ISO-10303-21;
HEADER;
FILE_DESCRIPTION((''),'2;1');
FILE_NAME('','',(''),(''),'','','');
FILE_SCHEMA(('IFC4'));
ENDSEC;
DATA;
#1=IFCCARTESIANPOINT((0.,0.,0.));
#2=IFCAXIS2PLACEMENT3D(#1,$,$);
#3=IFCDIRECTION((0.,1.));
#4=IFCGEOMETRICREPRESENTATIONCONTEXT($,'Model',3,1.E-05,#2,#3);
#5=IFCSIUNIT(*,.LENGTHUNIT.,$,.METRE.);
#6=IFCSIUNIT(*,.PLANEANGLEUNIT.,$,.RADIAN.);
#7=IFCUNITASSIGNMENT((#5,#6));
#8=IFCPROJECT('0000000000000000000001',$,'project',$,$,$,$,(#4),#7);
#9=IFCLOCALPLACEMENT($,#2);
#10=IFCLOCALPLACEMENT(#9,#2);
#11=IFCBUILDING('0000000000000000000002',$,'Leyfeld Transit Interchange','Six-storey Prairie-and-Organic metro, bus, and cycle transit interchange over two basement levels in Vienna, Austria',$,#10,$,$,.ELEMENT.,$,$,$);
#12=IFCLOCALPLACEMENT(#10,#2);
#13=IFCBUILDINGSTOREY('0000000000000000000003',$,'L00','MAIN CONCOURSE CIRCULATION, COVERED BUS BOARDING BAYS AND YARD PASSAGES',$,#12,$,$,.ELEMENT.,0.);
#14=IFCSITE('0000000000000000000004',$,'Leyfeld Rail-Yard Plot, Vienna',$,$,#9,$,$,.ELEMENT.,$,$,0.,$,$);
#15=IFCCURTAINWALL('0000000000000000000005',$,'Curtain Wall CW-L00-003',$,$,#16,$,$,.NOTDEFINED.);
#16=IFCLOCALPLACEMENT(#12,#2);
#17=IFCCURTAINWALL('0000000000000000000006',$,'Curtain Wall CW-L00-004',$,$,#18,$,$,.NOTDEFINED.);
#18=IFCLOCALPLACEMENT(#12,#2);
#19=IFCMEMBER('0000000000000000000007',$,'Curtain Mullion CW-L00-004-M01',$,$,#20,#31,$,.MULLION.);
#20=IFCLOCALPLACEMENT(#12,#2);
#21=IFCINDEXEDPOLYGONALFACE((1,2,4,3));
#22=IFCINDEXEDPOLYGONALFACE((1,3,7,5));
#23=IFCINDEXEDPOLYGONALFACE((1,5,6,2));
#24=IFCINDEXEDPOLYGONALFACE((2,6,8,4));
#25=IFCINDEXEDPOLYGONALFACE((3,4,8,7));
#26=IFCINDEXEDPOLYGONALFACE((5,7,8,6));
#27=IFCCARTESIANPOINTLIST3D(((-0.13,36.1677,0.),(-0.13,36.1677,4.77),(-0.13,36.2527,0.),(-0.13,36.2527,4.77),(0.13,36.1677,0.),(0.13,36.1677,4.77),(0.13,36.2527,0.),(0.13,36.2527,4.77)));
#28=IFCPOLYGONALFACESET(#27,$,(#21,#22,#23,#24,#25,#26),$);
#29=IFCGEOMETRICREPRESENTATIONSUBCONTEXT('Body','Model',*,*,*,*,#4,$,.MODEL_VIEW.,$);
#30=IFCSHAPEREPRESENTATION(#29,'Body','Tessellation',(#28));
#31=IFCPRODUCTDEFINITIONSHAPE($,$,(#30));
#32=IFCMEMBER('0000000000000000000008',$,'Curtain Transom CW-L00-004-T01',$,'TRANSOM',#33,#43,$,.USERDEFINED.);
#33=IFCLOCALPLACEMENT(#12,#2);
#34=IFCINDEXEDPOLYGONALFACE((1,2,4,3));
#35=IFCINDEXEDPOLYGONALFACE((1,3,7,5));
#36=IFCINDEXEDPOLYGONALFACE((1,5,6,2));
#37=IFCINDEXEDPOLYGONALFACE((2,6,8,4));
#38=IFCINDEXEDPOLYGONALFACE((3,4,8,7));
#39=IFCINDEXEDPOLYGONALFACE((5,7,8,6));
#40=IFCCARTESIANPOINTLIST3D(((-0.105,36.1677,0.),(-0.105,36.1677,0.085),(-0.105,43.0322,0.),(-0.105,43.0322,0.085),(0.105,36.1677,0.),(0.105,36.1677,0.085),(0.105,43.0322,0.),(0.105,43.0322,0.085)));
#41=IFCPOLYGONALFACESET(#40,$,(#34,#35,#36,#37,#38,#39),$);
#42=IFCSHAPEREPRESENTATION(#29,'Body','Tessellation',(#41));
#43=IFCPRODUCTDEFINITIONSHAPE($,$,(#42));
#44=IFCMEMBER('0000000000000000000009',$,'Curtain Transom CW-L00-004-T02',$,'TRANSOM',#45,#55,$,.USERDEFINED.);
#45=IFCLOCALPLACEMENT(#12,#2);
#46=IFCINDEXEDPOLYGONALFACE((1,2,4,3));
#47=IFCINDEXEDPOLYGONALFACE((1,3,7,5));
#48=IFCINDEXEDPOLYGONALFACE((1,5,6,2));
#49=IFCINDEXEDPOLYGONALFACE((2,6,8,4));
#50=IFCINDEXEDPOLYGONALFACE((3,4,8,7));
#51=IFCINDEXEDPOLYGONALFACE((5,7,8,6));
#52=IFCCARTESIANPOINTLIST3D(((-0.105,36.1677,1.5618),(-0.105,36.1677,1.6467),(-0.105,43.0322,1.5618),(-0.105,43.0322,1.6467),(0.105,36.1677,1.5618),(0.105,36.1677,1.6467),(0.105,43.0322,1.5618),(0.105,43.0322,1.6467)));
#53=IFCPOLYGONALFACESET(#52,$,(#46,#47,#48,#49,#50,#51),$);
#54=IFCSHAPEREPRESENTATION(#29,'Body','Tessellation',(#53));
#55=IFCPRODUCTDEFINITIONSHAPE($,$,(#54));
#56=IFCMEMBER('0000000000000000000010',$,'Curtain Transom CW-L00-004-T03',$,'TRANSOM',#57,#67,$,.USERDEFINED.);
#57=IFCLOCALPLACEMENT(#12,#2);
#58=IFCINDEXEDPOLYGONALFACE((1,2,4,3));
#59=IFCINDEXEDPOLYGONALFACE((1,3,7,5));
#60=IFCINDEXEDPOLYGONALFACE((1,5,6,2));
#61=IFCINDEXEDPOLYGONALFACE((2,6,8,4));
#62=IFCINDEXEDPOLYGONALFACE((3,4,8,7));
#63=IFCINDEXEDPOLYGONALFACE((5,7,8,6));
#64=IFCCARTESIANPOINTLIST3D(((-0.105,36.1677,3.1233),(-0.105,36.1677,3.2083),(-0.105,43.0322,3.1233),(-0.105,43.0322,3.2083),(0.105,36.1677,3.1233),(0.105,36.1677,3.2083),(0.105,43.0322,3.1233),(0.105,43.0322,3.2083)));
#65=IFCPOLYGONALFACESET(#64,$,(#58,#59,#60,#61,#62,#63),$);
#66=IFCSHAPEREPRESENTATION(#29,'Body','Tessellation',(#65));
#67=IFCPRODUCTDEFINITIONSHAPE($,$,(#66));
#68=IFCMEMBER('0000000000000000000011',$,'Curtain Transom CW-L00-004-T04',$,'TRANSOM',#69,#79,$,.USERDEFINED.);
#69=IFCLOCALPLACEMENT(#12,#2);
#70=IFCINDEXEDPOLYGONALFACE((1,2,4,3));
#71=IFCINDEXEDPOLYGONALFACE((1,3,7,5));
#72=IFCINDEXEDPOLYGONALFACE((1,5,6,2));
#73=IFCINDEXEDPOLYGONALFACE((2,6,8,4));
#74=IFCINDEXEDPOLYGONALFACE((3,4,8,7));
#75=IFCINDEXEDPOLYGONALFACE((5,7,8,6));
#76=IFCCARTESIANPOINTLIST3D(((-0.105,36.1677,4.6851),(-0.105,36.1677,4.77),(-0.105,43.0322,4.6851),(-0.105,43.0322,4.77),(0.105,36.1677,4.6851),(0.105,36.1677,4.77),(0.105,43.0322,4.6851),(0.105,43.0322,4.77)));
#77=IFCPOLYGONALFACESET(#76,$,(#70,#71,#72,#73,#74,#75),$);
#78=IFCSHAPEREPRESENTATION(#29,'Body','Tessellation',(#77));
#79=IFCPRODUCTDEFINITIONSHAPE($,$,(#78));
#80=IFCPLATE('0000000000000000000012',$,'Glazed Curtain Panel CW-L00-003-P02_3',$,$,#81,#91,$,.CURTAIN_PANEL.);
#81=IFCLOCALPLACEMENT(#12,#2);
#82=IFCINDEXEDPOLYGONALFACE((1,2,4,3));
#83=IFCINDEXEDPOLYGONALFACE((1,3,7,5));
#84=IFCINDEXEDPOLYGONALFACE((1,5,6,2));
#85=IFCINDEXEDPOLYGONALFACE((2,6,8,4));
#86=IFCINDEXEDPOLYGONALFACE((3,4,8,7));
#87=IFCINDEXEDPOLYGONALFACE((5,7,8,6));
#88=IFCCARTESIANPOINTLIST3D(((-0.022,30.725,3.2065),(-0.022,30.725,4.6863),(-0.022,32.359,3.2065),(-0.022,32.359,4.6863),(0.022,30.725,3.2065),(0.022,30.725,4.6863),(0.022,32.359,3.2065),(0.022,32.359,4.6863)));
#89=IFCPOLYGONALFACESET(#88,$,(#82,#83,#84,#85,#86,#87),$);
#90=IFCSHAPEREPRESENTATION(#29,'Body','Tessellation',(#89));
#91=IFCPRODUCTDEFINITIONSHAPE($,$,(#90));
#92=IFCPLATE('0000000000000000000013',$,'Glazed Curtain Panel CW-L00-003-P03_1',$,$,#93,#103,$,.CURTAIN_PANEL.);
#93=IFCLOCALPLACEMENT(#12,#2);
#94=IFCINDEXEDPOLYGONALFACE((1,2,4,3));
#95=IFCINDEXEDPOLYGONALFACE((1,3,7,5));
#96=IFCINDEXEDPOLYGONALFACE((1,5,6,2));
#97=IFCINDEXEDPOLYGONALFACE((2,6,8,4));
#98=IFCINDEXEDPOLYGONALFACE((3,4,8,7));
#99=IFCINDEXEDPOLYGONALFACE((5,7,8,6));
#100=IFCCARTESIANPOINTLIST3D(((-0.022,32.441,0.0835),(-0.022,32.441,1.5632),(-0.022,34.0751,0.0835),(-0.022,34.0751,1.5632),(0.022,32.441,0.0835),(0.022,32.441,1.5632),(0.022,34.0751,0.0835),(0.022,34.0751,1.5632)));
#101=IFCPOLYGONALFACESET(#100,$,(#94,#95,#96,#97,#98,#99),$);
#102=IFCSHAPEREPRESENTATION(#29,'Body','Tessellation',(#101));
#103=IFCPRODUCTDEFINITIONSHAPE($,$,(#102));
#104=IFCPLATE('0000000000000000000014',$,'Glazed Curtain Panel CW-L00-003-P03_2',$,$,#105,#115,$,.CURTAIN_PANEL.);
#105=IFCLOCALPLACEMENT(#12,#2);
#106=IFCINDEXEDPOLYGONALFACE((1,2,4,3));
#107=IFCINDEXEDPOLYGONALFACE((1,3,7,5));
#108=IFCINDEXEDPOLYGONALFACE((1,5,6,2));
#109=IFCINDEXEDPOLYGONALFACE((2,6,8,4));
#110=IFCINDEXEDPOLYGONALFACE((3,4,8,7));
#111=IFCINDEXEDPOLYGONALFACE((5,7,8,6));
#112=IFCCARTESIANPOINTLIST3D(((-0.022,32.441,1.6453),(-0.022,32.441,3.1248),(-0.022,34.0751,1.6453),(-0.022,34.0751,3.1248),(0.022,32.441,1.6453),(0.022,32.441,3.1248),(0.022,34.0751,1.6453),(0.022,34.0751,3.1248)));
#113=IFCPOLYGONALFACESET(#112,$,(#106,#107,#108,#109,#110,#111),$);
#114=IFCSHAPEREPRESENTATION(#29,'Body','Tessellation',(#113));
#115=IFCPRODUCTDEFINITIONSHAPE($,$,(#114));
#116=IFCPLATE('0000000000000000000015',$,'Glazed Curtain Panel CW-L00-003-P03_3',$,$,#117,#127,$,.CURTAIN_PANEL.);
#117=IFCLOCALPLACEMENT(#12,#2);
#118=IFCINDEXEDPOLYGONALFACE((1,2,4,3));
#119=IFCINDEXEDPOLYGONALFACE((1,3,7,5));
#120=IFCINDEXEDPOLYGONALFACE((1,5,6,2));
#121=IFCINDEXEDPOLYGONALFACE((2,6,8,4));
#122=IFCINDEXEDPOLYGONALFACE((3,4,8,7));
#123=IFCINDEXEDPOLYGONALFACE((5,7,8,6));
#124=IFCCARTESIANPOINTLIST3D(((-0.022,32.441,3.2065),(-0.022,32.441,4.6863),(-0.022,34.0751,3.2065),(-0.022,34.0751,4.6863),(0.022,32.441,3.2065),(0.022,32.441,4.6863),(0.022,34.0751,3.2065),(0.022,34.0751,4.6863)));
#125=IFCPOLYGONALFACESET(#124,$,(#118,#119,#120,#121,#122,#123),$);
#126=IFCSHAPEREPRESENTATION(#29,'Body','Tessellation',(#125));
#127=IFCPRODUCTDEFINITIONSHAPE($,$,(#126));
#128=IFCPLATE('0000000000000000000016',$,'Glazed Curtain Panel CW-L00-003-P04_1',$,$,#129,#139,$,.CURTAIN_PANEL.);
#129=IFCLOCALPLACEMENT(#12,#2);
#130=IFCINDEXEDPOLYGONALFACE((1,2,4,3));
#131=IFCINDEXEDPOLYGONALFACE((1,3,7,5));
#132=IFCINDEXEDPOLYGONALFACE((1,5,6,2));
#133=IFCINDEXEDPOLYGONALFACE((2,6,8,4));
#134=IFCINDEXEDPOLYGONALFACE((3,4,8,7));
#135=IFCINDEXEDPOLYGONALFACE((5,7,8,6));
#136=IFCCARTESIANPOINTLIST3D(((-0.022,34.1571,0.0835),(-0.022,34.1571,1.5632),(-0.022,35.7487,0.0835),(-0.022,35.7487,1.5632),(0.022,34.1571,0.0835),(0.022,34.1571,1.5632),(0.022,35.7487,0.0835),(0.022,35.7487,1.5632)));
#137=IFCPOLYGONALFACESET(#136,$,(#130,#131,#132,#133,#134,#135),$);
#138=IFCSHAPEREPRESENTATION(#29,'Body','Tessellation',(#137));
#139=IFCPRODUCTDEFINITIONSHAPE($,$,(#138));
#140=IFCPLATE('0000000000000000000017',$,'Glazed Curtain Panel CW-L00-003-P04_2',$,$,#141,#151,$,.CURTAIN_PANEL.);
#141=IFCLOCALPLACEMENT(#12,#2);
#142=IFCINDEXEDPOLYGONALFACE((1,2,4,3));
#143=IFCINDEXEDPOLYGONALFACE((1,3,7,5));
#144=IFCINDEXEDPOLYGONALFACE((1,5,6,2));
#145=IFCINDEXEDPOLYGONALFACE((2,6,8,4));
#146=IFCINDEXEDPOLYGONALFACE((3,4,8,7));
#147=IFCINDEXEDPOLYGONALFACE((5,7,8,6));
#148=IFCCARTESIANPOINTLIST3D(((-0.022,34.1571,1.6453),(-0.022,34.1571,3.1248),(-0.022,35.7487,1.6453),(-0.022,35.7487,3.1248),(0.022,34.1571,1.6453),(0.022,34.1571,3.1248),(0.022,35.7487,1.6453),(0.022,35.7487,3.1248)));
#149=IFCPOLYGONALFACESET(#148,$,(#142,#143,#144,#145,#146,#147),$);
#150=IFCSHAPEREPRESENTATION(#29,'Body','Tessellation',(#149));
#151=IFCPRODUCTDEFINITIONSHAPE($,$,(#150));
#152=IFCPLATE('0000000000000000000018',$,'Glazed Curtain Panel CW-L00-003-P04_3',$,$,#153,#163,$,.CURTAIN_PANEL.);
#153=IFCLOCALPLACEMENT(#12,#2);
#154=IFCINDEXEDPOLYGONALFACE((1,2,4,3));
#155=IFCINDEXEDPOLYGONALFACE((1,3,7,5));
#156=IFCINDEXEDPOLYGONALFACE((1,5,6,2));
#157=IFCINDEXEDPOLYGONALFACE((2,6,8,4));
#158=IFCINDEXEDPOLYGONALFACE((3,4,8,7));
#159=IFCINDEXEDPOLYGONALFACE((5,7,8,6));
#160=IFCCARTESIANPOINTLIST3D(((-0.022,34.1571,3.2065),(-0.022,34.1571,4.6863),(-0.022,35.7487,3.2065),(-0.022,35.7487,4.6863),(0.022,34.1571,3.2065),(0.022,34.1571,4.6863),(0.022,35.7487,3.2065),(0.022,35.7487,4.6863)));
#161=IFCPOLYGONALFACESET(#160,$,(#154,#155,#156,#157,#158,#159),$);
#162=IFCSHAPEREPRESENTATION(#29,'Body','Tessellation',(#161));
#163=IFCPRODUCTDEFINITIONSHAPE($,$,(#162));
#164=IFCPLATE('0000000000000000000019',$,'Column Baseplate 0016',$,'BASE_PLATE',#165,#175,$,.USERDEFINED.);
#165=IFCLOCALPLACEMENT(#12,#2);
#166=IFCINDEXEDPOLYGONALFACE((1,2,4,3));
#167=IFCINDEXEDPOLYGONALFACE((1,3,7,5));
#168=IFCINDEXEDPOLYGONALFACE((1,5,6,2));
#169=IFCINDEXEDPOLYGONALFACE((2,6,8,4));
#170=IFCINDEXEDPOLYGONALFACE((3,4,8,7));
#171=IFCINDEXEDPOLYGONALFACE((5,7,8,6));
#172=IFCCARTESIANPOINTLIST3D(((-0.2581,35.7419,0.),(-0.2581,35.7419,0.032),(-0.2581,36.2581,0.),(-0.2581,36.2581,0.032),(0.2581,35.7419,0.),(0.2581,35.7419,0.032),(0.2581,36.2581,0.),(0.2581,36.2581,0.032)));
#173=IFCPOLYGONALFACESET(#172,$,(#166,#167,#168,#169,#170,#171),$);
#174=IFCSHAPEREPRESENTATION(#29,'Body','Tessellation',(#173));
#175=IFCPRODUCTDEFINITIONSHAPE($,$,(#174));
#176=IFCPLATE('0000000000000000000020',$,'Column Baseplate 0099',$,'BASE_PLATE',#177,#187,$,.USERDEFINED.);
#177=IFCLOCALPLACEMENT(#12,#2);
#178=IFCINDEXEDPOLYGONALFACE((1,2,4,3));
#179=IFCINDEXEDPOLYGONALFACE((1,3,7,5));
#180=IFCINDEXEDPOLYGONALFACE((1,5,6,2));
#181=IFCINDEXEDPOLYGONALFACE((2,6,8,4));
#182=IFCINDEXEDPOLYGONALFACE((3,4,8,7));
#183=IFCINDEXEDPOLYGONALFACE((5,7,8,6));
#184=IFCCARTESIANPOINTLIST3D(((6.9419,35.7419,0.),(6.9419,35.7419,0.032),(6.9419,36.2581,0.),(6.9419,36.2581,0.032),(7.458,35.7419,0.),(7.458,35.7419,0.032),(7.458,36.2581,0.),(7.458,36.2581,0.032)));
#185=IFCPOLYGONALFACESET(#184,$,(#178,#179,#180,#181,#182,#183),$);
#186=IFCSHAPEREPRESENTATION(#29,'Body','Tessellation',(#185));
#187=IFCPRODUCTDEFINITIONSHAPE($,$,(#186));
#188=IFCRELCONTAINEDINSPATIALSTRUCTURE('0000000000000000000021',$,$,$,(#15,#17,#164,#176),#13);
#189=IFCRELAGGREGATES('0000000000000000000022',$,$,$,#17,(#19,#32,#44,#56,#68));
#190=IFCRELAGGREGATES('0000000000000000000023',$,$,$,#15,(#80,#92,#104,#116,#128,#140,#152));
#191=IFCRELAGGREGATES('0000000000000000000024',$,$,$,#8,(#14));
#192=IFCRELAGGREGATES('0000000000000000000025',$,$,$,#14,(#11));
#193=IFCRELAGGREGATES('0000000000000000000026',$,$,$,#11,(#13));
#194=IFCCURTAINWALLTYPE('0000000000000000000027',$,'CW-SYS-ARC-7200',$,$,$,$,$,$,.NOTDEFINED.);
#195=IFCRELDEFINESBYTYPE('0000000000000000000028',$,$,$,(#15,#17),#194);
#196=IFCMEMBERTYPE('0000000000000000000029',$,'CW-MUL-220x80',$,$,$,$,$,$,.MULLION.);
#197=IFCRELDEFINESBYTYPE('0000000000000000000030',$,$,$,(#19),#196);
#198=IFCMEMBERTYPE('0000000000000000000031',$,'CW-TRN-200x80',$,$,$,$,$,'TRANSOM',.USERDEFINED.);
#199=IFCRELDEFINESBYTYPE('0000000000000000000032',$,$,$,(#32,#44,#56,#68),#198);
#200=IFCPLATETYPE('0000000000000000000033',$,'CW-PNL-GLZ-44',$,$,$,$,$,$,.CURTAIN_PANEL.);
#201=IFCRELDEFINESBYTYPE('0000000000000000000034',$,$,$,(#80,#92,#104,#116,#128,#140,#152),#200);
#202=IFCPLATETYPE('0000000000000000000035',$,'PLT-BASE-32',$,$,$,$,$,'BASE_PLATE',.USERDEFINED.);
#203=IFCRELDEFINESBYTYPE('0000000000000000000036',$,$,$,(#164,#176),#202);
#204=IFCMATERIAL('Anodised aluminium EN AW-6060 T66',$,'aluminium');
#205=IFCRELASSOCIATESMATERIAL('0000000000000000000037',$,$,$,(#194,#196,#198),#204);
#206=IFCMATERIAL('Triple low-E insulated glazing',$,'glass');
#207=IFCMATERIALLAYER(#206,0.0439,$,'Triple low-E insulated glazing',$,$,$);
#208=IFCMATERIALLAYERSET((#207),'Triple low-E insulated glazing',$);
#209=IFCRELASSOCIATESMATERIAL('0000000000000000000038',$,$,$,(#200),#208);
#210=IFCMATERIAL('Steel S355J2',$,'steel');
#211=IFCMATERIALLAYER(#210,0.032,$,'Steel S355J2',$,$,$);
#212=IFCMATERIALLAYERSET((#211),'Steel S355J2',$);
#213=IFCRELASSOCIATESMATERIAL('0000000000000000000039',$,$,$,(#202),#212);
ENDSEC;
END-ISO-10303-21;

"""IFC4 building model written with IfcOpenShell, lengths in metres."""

from ifc_helpers import new_model, si_unit, direction, frame, origin, origin_2d, place, context, subcontext, project, spatial, rectangle, extrude, material, layer, layer_set, material_profile, profile_set, type_object, element, aggregate, save


model = new_model("IFC4")

# Units and contexts
model_context = context("Model", 3, precision=1e-05, world=origin(), true_north=direction((0.0, 1.0)))
body_context = subcontext(model_context, "Body", "Model", "MODEL_VIEW")
ifc_project = project(units=[si_unit("LENGTHUNIT", "METRE"), si_unit("PLANEANGLEUNIT", "RADIAN")], contexts=[model_context])

# Site, building, storey
site_placement = place(None, origin())
site = spatial("IfcSite", under=ifc_project, at=site_placement, Name="Leyfeld Rail-Yard Plot, Vienna", CompositionType="ELEMENT", RefElevation=0.0)
building_placement = place(site_placement, origin())
building = spatial("IfcBuilding", under=site, at=building_placement, Name="Leyfeld Transit Interchange", Description="Six-storey Prairie-and-Organic metro, bus, and cycle transit interchange over two basement levels in Vienna, Austria", CompositionType="ELEMENT")
storey_placement = place(building_placement, origin())
storey = spatial("IfcBuildingStorey", under=building, at=storey_placement, Name="L00", Description="MAIN CONCOURSE CIRCULATION, COVERED BUS BOARDING BAYS AND YARD PASSAGES", CompositionType="ELEMENT", Elevation=0.0)

# Shared definitions
ifc_material_1 = material(Name="Steel S355J2", Category="steel")

# Curtain walls, members
ifc_material_2 = material(Name="Anodised aluminium EN AW-6060 T66", Category="aluminium")
curtain_wall_type = type_object("IfcCurtainWallType", Name="CW-SYS-ARC-7200", PredefinedType="NOTDEFINED", material=ifc_material_2)
curtain_wall_1_placement = place(storey_placement, origin())
curtain_wall_1 = element("IfcCurtainWall", 1, at=curtain_wall_1_placement, inside=storey, type_object=curtain_wall_type, Name="Curtain Wall CW-L00-003", PredefinedType="NOTDEFINED")
ifc_material_profile_1 = material_profile(ifc_material_2, rectangle(XDim=0.085, YDim=0.26, at=origin_2d()), Name="CW-M 85x260")
ifc_profile_set_1 = profile_set([ifc_material_profile_1], Name="Anodised aluminium EN AW-6060 T66")
member_type_1 = type_object("IfcMemberType", Name="CW-MUL-220x80", PredefinedType="MULLION", material=ifc_profile_set_1)
curtain_wall_2_placement = place(storey_placement, origin())
curtain_wall_2 = element("IfcCurtainWall", 2, at=curtain_wall_2_placement, inside=storey, type_object=curtain_wall_type, Name="Curtain Wall CW-L00-004", PredefinedType="NOTDEFINED")
member_1_placement = place(storey_placement, frame((0.0, 36.2102, 0.0), z_axis=(0.0, 0.0, 1.0), x_axis=(0.0, 1.0, 0.0)))
member_1 = element("IfcMember", 3, at=member_1_placement, type_object=member_type_1, Name="Curtain Mullion CW-L00-004-M01", PredefinedType="MULLION", context=body_context, shape_type="SweptSolid", body=[
    extrude(rectangle(XDim=0.085, YDim=0.26, at=origin_2d()), origin(), (0.0, 0.0, 1.0), 4.77),
])
ifc_material_profile_2 = material_profile(ifc_material_2, rectangle(XDim=0.21, YDim=0.085, at=origin_2d()), Name="CW-TRN-200x80")
ifc_profile_set_2 = profile_set([ifc_material_profile_2], Name="Anodised aluminium EN AW-6060 T66")
member_type_2 = type_object("IfcMemberType", Name="CW-TRN-200x80", ElementType="TRANSOM", PredefinedType="USERDEFINED", material=ifc_profile_set_2)
member_2_placement = place(storey_placement, frame((0.0, 36.1677, 0.0425), z_axis=(0.0, 1.0, 0.0), x_axis=(-1.0, 0.0, 0.0)))
member_2 = element("IfcMember", 4, at=member_2_placement, type_object=member_type_2, Name="Curtain Transom CW-L00-004-T01", ObjectType="TRANSOM", PredefinedType="USERDEFINED", context=body_context, shape_type="SweptSolid", body=[
    extrude(rectangle(XDim=0.21, YDim=0.085, at=origin_2d()), origin(), (0.0, 0.0, 1.0), 6.8645),
])
member_3_placement = place(storey_placement, frame((0.0, 36.1677, 1.6042), z_axis=(0.0, 1.0, 0.0), x_axis=(-1.0, 0.0, 0.0)))
member_3 = element("IfcMember", 5, at=member_3_placement, type_object=member_type_2, Name="Curtain Transom CW-L00-004-T02", ObjectType="TRANSOM", PredefinedType="USERDEFINED", context=body_context, shape_type="SweptSolid", body=[
    extrude(rectangle(XDim=0.21, YDim=0.085, at=origin_2d()), origin(), (0.0, 0.0, 1.0), 6.8645),
])
member_4_placement = place(storey_placement, frame((0.0, 36.1677, 3.1658), z_axis=(0.0, 1.0, 0.0), x_axis=(-1.0, 0.0, 0.0)))
member_4 = element("IfcMember", 6, at=member_4_placement, type_object=member_type_2, Name="Curtain Transom CW-L00-004-T03", ObjectType="TRANSOM", PredefinedType="USERDEFINED", context=body_context, shape_type="SweptSolid", body=[
    extrude(rectangle(XDim=0.21, YDim=0.085, at=origin_2d()), origin(), (0.0, 0.0, 1.0), 6.8645),
])
member_5_placement = place(storey_placement, frame((0.0, 36.1677, 4.7275), z_axis=(0.0, 1.0, 0.0), x_axis=(-1.0, 0.0, 0.0)))
member_5 = element("IfcMember", 7, at=member_5_placement, type_object=member_type_2, Name="Curtain Transom CW-L00-004-T04", ObjectType="TRANSOM", PredefinedType="USERDEFINED", context=body_context, shape_type="SweptSolid", body=[
    extrude(rectangle(XDim=0.21, YDim=0.085, at=origin_2d()), origin(), (0.0, 0.0, 1.0), 6.8645),
])
aggregate(curtain_wall_2, [member_1, member_2, member_3, member_4, member_5])

# Plates
ifc_material_3 = material(Name="Triple low-E insulated glazing", Category="glass")
ifc_layer_1 = layer(ifc_material_3, 0.0439, Name="Triple low-E insulated glazing")
ifc_layer_set_1 = layer_set([ifc_layer_1], Name="Triple low-E insulated glazing")
plate_type_1 = type_object("IfcPlateType", Name="CW-PNL-GLZ-44", PredefinedType="CURTAIN_PANEL", material=ifc_layer_set_1)
plate_1_placement = place(storey_placement, frame((0.0, 31.542, 3.2065), z_axis=(0.0, 0.0, 1.0), x_axis=(0.0, 1.0, 0.0)))
plate_1 = element("IfcPlate", 8, at=plate_1_placement, type_object=plate_type_1, Name="Glazed Curtain Panel CW-L00-003-P02_3", PredefinedType="CURTAIN_PANEL", context=body_context, shape_type="SweptSolid", body=[
    extrude(rectangle(XDim=1.634, YDim=0.0439, at=origin_2d()), origin(), (0.0, 0.0, 1.0), 1.4797),
])
plate_2_placement = place(storey_placement, frame((0.0, 33.2581, 0.0835), z_axis=(0.0, 0.0, 1.0), x_axis=(0.0, 1.0, 0.0)))
plate_2 = element("IfcPlate", 9, at=plate_2_placement, type_object=plate_type_1, Name="Glazed Curtain Panel CW-L00-003-P03_1", PredefinedType="CURTAIN_PANEL", context=body_context, shape_type="SweptSolid", body=[
    extrude(rectangle(XDim=1.634, YDim=0.0439, at=origin_2d()), origin(), (0.0, 0.0, 1.0), 1.4797),
])
plate_3_placement = place(storey_placement, frame((0.0, 33.2581, 1.6453), z_axis=(0.0, 0.0, 1.0), x_axis=(0.0, 1.0, 0.0)))
plate_3 = element("IfcPlate", 10, at=plate_3_placement, type_object=plate_type_1, Name="Glazed Curtain Panel CW-L00-003-P03_2", PredefinedType="CURTAIN_PANEL", context=body_context, shape_type="SweptSolid", body=[
    extrude(rectangle(XDim=1.634, YDim=0.0439, at=origin_2d()), origin(), (0.0, 0.0, 1.0), 1.4795),
])
plate_4_placement = place(storey_placement, frame((0.0, 33.2581, 3.2065), z_axis=(0.0, 0.0, 1.0), x_axis=(0.0, 1.0, 0.0)))
plate_4 = element("IfcPlate", 11, at=plate_4_placement, type_object=plate_type_1, Name="Glazed Curtain Panel CW-L00-003-P03_3", PredefinedType="CURTAIN_PANEL", context=body_context, shape_type="SweptSolid", body=[
    extrude(rectangle(XDim=1.634, YDim=0.0439, at=origin_2d()), origin(), (0.0, 0.0, 1.0), 1.4797),
])
plate_5_placement = place(storey_placement, frame((0.0, 34.9529, 0.0835), z_axis=(0.0, 0.0, 1.0), x_axis=(0.0, 1.0, 0.0)))
plate_5 = element("IfcPlate", 12, at=plate_5_placement, type_object=plate_type_1, Name="Glazed Curtain Panel CW-L00-003-P04_1", PredefinedType="CURTAIN_PANEL", context=body_context, shape_type="SweptSolid", body=[
    extrude(rectangle(XDim=1.5916, YDim=0.0439, at=origin_2d()), origin(), (0.0, 0.0, 1.0), 1.4797),
])
plate_6_placement = place(storey_placement, frame((0.0, 34.9529, 1.6453), z_axis=(0.0, 0.0, 1.0), x_axis=(0.0, 1.0, 0.0)))
plate_6 = element("IfcPlate", 13, at=plate_6_placement, type_object=plate_type_1, Name="Glazed Curtain Panel CW-L00-003-P04_2", PredefinedType="CURTAIN_PANEL", context=body_context, shape_type="SweptSolid", body=[
    extrude(rectangle(XDim=1.5916, YDim=0.0439, at=origin_2d()), origin(), (0.0, 0.0, 1.0), 1.4795),
])
plate_7_placement = place(storey_placement, frame((0.0, 34.9529, 3.2065), z_axis=(0.0, 0.0, 1.0), x_axis=(0.0, 1.0, 0.0)))
plate_7 = element("IfcPlate", 14, at=plate_7_placement, type_object=plate_type_1, Name="Glazed Curtain Panel CW-L00-003-P04_3", PredefinedType="CURTAIN_PANEL", context=body_context, shape_type="SweptSolid", body=[
    extrude(rectangle(XDim=1.5916, YDim=0.0439, at=origin_2d()), origin(), (0.0, 0.0, 1.0), 1.4797),
])
aggregate(curtain_wall_1, [plate_1, plate_2, plate_3, plate_4, plate_5, plate_6, plate_7])

# Plates
ifc_layer_2 = layer(ifc_material_1, 0.032, Name="Steel S355J2")
ifc_layer_set_2 = layer_set([ifc_layer_2], Name="Steel S355J2")
plate_type_2 = type_object("IfcPlateType", Name="PLT-BASE-32", ElementType="BASE_PLATE", PredefinedType="USERDEFINED", material=ifc_layer_set_2)
for number, where, z_axis, x_axis, name in (
    (15, (0.0, 36.0, 0.0), (0.0, 0.0, 1.0), (1.0, 0.0, 0.0), "Column Baseplate 0016"),
    (16, (7.2, 36.0, 0.0), (0.0, 0.0, 1.0), (1.0, 0.0, 0.0), "Column Baseplate 0099"),
):
    element("IfcPlate", number, at=place(storey_placement, frame(where, z_axis=z_axis, x_axis=x_axis)), inside=storey, type_object=plate_type_2, Name=name, ObjectType="BASE_PLATE", PredefinedType="USERDEFINED", context=body_context, shape_type="SweptSolid", body=[
        extrude(rectangle(XDim=0.5161, YDim=0.5161, at=origin_2d()), origin(), (0.0, 0.0, 1.0), 0.032),
    ])

save(model, "model.ifc")
